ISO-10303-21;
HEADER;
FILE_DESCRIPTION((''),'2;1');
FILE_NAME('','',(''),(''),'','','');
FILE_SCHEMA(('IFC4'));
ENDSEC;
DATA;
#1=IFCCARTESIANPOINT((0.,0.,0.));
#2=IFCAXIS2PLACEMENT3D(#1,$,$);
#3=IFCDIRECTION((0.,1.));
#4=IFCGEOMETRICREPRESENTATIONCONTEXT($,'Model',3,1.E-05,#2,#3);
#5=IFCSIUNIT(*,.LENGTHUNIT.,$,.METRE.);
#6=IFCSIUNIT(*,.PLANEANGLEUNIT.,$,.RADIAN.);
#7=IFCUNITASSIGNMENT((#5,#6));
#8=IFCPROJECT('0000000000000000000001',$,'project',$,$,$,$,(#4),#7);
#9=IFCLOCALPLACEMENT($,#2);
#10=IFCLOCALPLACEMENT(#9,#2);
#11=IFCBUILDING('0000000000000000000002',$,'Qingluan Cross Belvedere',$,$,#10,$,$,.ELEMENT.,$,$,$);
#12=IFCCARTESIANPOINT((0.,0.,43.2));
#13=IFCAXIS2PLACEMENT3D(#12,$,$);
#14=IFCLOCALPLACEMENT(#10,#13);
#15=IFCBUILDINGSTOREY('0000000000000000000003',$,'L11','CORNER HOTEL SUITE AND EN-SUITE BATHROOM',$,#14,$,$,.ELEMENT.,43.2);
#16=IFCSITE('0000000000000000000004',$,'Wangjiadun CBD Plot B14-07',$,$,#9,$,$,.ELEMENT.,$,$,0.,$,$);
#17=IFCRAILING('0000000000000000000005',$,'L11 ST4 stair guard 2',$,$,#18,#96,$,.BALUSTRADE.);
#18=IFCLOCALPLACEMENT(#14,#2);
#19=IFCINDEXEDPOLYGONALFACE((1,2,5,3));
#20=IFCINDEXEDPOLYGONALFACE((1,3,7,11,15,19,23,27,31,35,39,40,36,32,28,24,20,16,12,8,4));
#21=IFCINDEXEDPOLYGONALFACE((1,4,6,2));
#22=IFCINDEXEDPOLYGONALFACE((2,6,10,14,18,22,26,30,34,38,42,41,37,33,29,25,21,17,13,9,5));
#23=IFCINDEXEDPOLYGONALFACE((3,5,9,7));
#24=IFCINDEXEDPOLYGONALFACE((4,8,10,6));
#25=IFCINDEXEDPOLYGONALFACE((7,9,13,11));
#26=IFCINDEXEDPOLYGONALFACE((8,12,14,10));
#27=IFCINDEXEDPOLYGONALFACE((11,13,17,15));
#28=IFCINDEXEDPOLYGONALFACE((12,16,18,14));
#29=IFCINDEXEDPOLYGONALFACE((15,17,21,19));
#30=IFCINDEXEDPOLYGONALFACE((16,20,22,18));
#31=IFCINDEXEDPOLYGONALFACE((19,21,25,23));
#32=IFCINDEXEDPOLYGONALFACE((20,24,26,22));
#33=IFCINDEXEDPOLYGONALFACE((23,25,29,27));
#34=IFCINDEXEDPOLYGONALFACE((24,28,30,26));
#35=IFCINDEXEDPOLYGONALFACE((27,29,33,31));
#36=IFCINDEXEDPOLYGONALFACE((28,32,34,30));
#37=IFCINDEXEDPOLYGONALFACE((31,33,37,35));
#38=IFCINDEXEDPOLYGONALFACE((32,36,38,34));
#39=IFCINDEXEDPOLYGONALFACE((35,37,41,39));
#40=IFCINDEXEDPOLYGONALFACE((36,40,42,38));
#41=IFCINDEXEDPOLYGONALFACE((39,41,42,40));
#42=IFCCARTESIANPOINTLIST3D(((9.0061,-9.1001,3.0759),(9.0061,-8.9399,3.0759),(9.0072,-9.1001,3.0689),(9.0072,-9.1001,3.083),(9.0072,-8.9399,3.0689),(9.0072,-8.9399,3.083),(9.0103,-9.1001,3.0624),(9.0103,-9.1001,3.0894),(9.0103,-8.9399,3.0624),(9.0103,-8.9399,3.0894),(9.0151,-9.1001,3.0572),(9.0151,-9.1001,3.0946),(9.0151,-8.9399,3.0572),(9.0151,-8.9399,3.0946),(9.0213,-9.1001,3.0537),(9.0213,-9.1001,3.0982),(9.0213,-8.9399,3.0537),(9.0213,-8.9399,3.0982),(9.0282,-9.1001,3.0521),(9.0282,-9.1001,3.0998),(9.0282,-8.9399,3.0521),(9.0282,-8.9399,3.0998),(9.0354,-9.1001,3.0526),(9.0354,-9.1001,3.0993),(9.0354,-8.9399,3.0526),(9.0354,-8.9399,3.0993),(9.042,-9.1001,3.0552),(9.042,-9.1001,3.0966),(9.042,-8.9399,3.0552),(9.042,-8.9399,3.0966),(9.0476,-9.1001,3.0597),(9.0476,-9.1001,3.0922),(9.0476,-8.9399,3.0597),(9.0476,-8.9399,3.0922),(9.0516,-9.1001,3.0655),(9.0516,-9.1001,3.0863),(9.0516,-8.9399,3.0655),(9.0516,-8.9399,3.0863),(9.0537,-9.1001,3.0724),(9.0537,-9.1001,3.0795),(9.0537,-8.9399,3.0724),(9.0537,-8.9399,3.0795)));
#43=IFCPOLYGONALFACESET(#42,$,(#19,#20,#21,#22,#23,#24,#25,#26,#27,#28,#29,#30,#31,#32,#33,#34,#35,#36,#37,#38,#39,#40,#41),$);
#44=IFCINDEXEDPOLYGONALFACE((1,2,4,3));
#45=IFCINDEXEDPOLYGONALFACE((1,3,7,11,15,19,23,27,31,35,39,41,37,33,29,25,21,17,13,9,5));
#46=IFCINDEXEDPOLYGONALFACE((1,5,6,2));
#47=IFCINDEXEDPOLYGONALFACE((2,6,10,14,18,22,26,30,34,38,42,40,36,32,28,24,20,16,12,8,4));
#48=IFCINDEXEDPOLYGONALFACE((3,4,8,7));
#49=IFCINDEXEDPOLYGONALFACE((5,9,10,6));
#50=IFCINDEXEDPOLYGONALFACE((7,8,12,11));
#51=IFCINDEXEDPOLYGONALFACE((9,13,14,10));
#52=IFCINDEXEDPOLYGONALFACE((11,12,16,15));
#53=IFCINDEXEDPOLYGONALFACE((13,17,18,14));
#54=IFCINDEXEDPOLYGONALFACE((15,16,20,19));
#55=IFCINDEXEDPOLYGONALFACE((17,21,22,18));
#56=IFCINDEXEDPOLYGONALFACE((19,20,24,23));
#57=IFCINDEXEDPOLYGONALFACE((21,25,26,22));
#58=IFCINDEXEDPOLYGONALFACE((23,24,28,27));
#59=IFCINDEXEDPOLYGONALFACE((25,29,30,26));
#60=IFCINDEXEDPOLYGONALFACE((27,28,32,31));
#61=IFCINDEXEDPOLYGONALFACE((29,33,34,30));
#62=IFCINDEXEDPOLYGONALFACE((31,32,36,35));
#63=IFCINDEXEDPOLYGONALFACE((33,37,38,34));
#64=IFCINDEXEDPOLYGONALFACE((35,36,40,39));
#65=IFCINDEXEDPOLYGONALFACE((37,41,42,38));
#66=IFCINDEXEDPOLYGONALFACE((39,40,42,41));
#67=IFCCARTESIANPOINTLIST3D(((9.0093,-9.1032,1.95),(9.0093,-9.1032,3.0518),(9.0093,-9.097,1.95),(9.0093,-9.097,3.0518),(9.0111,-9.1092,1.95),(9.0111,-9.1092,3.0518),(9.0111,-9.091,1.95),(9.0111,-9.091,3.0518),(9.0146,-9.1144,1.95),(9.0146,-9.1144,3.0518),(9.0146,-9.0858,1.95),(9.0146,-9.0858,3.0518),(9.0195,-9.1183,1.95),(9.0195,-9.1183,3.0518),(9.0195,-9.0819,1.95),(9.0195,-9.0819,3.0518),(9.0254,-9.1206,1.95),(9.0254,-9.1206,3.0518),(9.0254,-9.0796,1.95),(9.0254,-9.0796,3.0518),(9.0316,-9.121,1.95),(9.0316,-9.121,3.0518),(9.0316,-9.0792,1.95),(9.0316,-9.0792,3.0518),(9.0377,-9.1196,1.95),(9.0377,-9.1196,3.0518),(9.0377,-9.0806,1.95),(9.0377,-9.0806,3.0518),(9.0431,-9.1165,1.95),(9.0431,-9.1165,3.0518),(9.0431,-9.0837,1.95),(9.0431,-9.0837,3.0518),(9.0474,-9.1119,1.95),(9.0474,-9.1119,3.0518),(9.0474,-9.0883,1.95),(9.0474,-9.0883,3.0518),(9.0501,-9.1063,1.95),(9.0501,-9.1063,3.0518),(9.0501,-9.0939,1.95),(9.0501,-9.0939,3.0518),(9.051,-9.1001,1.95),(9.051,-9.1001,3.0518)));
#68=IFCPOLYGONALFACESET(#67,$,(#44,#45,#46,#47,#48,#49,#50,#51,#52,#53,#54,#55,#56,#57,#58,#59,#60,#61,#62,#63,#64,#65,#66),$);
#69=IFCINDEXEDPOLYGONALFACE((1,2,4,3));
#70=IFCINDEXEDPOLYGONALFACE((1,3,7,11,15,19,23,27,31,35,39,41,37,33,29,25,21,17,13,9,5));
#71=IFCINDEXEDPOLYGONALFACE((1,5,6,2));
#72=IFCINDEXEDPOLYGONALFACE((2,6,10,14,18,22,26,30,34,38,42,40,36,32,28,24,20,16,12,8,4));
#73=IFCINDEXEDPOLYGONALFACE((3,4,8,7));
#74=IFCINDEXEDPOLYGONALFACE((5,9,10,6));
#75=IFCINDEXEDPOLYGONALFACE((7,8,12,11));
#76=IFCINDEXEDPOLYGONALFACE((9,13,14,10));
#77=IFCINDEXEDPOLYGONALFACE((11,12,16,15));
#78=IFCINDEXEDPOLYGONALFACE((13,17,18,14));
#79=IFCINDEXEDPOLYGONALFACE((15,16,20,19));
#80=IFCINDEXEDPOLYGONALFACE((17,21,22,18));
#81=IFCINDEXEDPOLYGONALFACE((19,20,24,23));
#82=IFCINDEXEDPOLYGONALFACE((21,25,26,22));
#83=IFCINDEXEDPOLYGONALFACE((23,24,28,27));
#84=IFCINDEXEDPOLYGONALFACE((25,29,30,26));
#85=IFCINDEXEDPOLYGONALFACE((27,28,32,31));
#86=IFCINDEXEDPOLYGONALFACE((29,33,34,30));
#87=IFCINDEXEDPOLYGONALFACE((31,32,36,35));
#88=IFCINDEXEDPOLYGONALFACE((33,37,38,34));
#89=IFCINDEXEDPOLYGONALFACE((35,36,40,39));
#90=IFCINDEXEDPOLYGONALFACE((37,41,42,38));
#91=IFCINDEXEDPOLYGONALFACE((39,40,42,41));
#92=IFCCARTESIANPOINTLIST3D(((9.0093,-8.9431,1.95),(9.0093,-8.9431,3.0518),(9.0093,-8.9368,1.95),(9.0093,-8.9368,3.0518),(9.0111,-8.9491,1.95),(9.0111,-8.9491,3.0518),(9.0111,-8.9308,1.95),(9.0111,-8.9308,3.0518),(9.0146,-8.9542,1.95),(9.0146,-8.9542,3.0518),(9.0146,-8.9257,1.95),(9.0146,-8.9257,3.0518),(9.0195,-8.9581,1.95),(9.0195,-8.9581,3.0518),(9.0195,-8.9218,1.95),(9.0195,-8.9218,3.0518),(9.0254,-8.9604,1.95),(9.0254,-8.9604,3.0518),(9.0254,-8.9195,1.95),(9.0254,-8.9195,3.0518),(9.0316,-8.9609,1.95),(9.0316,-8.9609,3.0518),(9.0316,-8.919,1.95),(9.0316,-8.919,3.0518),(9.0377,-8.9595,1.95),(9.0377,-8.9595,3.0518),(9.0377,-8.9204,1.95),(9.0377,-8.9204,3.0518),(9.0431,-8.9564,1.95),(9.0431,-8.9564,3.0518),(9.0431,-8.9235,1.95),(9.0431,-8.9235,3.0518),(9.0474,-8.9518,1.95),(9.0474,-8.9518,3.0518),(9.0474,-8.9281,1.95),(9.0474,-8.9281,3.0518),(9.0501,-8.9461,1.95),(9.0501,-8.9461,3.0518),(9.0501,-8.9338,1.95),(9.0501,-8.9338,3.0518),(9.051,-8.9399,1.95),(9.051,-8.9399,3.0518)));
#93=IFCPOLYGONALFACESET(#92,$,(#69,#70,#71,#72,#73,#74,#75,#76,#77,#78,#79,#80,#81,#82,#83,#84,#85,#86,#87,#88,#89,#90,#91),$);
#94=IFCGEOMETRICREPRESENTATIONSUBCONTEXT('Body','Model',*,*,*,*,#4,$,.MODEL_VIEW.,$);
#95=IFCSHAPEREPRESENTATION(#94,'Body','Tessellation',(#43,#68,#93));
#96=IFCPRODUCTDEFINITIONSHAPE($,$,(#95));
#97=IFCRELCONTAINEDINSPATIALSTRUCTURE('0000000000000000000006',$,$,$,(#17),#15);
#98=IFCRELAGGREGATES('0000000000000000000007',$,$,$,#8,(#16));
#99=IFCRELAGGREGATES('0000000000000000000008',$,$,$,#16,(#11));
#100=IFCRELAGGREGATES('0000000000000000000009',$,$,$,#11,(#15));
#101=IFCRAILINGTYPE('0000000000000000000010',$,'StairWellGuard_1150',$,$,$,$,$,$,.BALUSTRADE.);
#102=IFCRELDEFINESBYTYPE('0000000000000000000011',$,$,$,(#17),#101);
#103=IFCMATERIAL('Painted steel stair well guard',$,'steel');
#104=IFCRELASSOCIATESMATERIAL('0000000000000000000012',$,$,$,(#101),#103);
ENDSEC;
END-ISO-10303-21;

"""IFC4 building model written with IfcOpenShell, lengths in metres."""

from ifc_helpers import new_model, si_unit, direction, frame, origin, origin_2d, place, context, subcontext, project, spatial, circle, extrude, material, type_object, element, save


model = new_model("IFC4")

# Units and contexts
model_context = context("Model", 3, precision=1e-05, world=origin(), true_north=direction((0.0, 1.0)))
body_context = subcontext(model_context, "Body", "Model", "MODEL_VIEW")
ifc_project = project(units=[si_unit("LENGTHUNIT", "METRE"), si_unit("PLANEANGLEUNIT", "RADIAN")], contexts=[model_context])

# Site, building, storey
site_placement = place(None, origin())
site = spatial("IfcSite", under=ifc_project, at=site_placement, Name="Wangjiadun CBD Plot B14-07", CompositionType="ELEMENT", RefElevation=0.0)
building_placement = place(site_placement, origin())
building = spatial("IfcBuilding", under=site, at=building_placement, Name="Qingluan Cross Belvedere", CompositionType="ELEMENT")
storey_placement = place(building_placement, frame((0.0, 0.0, 43.2)))
storey = spatial("IfcBuildingStorey", under=building, at=storey_placement, Name="L11", Description="CORNER HOTEL SUITE AND EN-SUITE BATHROOM", CompositionType="ELEMENT", Elevation=43.2)

# Railing
ifc_material_1 = material(Name="Painted steel stair well guard", Category="steel")
railing_type_1 = type_object("IfcRailingType", Name="StairWellGuard_1150", PredefinedType="BALUSTRADE", material=ifc_material_1)
railing_1_placement = place(storey_placement, frame((9.03, -9.1001, 1.95)))
element("IfcRailing", 1, at=railing_1_placement, inside=storey, type_object=railing_type_1, Name="L11 ST4 stair guard 2", PredefinedType="BALUSTRADE", context=body_context, shape_type="SweptSolid", body=[
    extrude(circle(Radius=0.0239, at=origin_2d()), frame((0.0, 0.0, 1.126), z_axis=(0.0, 1.0, 0.0), x_axis=(-1.0, 0.0, 0.0)), (0.0, 0.0, 1.0), 0.1602),
    extrude(circle(Radius=0.021, at=origin_2d()), origin(), (0.0, 0.0, 1.0), 1.1018),
    extrude(circle(Radius=0.021, at=origin_2d()), frame((0.0, 0.1602, 0.0)), (0.0, 0.0, 1.0), 1.1018),
])

save(model, "model.ifc")
